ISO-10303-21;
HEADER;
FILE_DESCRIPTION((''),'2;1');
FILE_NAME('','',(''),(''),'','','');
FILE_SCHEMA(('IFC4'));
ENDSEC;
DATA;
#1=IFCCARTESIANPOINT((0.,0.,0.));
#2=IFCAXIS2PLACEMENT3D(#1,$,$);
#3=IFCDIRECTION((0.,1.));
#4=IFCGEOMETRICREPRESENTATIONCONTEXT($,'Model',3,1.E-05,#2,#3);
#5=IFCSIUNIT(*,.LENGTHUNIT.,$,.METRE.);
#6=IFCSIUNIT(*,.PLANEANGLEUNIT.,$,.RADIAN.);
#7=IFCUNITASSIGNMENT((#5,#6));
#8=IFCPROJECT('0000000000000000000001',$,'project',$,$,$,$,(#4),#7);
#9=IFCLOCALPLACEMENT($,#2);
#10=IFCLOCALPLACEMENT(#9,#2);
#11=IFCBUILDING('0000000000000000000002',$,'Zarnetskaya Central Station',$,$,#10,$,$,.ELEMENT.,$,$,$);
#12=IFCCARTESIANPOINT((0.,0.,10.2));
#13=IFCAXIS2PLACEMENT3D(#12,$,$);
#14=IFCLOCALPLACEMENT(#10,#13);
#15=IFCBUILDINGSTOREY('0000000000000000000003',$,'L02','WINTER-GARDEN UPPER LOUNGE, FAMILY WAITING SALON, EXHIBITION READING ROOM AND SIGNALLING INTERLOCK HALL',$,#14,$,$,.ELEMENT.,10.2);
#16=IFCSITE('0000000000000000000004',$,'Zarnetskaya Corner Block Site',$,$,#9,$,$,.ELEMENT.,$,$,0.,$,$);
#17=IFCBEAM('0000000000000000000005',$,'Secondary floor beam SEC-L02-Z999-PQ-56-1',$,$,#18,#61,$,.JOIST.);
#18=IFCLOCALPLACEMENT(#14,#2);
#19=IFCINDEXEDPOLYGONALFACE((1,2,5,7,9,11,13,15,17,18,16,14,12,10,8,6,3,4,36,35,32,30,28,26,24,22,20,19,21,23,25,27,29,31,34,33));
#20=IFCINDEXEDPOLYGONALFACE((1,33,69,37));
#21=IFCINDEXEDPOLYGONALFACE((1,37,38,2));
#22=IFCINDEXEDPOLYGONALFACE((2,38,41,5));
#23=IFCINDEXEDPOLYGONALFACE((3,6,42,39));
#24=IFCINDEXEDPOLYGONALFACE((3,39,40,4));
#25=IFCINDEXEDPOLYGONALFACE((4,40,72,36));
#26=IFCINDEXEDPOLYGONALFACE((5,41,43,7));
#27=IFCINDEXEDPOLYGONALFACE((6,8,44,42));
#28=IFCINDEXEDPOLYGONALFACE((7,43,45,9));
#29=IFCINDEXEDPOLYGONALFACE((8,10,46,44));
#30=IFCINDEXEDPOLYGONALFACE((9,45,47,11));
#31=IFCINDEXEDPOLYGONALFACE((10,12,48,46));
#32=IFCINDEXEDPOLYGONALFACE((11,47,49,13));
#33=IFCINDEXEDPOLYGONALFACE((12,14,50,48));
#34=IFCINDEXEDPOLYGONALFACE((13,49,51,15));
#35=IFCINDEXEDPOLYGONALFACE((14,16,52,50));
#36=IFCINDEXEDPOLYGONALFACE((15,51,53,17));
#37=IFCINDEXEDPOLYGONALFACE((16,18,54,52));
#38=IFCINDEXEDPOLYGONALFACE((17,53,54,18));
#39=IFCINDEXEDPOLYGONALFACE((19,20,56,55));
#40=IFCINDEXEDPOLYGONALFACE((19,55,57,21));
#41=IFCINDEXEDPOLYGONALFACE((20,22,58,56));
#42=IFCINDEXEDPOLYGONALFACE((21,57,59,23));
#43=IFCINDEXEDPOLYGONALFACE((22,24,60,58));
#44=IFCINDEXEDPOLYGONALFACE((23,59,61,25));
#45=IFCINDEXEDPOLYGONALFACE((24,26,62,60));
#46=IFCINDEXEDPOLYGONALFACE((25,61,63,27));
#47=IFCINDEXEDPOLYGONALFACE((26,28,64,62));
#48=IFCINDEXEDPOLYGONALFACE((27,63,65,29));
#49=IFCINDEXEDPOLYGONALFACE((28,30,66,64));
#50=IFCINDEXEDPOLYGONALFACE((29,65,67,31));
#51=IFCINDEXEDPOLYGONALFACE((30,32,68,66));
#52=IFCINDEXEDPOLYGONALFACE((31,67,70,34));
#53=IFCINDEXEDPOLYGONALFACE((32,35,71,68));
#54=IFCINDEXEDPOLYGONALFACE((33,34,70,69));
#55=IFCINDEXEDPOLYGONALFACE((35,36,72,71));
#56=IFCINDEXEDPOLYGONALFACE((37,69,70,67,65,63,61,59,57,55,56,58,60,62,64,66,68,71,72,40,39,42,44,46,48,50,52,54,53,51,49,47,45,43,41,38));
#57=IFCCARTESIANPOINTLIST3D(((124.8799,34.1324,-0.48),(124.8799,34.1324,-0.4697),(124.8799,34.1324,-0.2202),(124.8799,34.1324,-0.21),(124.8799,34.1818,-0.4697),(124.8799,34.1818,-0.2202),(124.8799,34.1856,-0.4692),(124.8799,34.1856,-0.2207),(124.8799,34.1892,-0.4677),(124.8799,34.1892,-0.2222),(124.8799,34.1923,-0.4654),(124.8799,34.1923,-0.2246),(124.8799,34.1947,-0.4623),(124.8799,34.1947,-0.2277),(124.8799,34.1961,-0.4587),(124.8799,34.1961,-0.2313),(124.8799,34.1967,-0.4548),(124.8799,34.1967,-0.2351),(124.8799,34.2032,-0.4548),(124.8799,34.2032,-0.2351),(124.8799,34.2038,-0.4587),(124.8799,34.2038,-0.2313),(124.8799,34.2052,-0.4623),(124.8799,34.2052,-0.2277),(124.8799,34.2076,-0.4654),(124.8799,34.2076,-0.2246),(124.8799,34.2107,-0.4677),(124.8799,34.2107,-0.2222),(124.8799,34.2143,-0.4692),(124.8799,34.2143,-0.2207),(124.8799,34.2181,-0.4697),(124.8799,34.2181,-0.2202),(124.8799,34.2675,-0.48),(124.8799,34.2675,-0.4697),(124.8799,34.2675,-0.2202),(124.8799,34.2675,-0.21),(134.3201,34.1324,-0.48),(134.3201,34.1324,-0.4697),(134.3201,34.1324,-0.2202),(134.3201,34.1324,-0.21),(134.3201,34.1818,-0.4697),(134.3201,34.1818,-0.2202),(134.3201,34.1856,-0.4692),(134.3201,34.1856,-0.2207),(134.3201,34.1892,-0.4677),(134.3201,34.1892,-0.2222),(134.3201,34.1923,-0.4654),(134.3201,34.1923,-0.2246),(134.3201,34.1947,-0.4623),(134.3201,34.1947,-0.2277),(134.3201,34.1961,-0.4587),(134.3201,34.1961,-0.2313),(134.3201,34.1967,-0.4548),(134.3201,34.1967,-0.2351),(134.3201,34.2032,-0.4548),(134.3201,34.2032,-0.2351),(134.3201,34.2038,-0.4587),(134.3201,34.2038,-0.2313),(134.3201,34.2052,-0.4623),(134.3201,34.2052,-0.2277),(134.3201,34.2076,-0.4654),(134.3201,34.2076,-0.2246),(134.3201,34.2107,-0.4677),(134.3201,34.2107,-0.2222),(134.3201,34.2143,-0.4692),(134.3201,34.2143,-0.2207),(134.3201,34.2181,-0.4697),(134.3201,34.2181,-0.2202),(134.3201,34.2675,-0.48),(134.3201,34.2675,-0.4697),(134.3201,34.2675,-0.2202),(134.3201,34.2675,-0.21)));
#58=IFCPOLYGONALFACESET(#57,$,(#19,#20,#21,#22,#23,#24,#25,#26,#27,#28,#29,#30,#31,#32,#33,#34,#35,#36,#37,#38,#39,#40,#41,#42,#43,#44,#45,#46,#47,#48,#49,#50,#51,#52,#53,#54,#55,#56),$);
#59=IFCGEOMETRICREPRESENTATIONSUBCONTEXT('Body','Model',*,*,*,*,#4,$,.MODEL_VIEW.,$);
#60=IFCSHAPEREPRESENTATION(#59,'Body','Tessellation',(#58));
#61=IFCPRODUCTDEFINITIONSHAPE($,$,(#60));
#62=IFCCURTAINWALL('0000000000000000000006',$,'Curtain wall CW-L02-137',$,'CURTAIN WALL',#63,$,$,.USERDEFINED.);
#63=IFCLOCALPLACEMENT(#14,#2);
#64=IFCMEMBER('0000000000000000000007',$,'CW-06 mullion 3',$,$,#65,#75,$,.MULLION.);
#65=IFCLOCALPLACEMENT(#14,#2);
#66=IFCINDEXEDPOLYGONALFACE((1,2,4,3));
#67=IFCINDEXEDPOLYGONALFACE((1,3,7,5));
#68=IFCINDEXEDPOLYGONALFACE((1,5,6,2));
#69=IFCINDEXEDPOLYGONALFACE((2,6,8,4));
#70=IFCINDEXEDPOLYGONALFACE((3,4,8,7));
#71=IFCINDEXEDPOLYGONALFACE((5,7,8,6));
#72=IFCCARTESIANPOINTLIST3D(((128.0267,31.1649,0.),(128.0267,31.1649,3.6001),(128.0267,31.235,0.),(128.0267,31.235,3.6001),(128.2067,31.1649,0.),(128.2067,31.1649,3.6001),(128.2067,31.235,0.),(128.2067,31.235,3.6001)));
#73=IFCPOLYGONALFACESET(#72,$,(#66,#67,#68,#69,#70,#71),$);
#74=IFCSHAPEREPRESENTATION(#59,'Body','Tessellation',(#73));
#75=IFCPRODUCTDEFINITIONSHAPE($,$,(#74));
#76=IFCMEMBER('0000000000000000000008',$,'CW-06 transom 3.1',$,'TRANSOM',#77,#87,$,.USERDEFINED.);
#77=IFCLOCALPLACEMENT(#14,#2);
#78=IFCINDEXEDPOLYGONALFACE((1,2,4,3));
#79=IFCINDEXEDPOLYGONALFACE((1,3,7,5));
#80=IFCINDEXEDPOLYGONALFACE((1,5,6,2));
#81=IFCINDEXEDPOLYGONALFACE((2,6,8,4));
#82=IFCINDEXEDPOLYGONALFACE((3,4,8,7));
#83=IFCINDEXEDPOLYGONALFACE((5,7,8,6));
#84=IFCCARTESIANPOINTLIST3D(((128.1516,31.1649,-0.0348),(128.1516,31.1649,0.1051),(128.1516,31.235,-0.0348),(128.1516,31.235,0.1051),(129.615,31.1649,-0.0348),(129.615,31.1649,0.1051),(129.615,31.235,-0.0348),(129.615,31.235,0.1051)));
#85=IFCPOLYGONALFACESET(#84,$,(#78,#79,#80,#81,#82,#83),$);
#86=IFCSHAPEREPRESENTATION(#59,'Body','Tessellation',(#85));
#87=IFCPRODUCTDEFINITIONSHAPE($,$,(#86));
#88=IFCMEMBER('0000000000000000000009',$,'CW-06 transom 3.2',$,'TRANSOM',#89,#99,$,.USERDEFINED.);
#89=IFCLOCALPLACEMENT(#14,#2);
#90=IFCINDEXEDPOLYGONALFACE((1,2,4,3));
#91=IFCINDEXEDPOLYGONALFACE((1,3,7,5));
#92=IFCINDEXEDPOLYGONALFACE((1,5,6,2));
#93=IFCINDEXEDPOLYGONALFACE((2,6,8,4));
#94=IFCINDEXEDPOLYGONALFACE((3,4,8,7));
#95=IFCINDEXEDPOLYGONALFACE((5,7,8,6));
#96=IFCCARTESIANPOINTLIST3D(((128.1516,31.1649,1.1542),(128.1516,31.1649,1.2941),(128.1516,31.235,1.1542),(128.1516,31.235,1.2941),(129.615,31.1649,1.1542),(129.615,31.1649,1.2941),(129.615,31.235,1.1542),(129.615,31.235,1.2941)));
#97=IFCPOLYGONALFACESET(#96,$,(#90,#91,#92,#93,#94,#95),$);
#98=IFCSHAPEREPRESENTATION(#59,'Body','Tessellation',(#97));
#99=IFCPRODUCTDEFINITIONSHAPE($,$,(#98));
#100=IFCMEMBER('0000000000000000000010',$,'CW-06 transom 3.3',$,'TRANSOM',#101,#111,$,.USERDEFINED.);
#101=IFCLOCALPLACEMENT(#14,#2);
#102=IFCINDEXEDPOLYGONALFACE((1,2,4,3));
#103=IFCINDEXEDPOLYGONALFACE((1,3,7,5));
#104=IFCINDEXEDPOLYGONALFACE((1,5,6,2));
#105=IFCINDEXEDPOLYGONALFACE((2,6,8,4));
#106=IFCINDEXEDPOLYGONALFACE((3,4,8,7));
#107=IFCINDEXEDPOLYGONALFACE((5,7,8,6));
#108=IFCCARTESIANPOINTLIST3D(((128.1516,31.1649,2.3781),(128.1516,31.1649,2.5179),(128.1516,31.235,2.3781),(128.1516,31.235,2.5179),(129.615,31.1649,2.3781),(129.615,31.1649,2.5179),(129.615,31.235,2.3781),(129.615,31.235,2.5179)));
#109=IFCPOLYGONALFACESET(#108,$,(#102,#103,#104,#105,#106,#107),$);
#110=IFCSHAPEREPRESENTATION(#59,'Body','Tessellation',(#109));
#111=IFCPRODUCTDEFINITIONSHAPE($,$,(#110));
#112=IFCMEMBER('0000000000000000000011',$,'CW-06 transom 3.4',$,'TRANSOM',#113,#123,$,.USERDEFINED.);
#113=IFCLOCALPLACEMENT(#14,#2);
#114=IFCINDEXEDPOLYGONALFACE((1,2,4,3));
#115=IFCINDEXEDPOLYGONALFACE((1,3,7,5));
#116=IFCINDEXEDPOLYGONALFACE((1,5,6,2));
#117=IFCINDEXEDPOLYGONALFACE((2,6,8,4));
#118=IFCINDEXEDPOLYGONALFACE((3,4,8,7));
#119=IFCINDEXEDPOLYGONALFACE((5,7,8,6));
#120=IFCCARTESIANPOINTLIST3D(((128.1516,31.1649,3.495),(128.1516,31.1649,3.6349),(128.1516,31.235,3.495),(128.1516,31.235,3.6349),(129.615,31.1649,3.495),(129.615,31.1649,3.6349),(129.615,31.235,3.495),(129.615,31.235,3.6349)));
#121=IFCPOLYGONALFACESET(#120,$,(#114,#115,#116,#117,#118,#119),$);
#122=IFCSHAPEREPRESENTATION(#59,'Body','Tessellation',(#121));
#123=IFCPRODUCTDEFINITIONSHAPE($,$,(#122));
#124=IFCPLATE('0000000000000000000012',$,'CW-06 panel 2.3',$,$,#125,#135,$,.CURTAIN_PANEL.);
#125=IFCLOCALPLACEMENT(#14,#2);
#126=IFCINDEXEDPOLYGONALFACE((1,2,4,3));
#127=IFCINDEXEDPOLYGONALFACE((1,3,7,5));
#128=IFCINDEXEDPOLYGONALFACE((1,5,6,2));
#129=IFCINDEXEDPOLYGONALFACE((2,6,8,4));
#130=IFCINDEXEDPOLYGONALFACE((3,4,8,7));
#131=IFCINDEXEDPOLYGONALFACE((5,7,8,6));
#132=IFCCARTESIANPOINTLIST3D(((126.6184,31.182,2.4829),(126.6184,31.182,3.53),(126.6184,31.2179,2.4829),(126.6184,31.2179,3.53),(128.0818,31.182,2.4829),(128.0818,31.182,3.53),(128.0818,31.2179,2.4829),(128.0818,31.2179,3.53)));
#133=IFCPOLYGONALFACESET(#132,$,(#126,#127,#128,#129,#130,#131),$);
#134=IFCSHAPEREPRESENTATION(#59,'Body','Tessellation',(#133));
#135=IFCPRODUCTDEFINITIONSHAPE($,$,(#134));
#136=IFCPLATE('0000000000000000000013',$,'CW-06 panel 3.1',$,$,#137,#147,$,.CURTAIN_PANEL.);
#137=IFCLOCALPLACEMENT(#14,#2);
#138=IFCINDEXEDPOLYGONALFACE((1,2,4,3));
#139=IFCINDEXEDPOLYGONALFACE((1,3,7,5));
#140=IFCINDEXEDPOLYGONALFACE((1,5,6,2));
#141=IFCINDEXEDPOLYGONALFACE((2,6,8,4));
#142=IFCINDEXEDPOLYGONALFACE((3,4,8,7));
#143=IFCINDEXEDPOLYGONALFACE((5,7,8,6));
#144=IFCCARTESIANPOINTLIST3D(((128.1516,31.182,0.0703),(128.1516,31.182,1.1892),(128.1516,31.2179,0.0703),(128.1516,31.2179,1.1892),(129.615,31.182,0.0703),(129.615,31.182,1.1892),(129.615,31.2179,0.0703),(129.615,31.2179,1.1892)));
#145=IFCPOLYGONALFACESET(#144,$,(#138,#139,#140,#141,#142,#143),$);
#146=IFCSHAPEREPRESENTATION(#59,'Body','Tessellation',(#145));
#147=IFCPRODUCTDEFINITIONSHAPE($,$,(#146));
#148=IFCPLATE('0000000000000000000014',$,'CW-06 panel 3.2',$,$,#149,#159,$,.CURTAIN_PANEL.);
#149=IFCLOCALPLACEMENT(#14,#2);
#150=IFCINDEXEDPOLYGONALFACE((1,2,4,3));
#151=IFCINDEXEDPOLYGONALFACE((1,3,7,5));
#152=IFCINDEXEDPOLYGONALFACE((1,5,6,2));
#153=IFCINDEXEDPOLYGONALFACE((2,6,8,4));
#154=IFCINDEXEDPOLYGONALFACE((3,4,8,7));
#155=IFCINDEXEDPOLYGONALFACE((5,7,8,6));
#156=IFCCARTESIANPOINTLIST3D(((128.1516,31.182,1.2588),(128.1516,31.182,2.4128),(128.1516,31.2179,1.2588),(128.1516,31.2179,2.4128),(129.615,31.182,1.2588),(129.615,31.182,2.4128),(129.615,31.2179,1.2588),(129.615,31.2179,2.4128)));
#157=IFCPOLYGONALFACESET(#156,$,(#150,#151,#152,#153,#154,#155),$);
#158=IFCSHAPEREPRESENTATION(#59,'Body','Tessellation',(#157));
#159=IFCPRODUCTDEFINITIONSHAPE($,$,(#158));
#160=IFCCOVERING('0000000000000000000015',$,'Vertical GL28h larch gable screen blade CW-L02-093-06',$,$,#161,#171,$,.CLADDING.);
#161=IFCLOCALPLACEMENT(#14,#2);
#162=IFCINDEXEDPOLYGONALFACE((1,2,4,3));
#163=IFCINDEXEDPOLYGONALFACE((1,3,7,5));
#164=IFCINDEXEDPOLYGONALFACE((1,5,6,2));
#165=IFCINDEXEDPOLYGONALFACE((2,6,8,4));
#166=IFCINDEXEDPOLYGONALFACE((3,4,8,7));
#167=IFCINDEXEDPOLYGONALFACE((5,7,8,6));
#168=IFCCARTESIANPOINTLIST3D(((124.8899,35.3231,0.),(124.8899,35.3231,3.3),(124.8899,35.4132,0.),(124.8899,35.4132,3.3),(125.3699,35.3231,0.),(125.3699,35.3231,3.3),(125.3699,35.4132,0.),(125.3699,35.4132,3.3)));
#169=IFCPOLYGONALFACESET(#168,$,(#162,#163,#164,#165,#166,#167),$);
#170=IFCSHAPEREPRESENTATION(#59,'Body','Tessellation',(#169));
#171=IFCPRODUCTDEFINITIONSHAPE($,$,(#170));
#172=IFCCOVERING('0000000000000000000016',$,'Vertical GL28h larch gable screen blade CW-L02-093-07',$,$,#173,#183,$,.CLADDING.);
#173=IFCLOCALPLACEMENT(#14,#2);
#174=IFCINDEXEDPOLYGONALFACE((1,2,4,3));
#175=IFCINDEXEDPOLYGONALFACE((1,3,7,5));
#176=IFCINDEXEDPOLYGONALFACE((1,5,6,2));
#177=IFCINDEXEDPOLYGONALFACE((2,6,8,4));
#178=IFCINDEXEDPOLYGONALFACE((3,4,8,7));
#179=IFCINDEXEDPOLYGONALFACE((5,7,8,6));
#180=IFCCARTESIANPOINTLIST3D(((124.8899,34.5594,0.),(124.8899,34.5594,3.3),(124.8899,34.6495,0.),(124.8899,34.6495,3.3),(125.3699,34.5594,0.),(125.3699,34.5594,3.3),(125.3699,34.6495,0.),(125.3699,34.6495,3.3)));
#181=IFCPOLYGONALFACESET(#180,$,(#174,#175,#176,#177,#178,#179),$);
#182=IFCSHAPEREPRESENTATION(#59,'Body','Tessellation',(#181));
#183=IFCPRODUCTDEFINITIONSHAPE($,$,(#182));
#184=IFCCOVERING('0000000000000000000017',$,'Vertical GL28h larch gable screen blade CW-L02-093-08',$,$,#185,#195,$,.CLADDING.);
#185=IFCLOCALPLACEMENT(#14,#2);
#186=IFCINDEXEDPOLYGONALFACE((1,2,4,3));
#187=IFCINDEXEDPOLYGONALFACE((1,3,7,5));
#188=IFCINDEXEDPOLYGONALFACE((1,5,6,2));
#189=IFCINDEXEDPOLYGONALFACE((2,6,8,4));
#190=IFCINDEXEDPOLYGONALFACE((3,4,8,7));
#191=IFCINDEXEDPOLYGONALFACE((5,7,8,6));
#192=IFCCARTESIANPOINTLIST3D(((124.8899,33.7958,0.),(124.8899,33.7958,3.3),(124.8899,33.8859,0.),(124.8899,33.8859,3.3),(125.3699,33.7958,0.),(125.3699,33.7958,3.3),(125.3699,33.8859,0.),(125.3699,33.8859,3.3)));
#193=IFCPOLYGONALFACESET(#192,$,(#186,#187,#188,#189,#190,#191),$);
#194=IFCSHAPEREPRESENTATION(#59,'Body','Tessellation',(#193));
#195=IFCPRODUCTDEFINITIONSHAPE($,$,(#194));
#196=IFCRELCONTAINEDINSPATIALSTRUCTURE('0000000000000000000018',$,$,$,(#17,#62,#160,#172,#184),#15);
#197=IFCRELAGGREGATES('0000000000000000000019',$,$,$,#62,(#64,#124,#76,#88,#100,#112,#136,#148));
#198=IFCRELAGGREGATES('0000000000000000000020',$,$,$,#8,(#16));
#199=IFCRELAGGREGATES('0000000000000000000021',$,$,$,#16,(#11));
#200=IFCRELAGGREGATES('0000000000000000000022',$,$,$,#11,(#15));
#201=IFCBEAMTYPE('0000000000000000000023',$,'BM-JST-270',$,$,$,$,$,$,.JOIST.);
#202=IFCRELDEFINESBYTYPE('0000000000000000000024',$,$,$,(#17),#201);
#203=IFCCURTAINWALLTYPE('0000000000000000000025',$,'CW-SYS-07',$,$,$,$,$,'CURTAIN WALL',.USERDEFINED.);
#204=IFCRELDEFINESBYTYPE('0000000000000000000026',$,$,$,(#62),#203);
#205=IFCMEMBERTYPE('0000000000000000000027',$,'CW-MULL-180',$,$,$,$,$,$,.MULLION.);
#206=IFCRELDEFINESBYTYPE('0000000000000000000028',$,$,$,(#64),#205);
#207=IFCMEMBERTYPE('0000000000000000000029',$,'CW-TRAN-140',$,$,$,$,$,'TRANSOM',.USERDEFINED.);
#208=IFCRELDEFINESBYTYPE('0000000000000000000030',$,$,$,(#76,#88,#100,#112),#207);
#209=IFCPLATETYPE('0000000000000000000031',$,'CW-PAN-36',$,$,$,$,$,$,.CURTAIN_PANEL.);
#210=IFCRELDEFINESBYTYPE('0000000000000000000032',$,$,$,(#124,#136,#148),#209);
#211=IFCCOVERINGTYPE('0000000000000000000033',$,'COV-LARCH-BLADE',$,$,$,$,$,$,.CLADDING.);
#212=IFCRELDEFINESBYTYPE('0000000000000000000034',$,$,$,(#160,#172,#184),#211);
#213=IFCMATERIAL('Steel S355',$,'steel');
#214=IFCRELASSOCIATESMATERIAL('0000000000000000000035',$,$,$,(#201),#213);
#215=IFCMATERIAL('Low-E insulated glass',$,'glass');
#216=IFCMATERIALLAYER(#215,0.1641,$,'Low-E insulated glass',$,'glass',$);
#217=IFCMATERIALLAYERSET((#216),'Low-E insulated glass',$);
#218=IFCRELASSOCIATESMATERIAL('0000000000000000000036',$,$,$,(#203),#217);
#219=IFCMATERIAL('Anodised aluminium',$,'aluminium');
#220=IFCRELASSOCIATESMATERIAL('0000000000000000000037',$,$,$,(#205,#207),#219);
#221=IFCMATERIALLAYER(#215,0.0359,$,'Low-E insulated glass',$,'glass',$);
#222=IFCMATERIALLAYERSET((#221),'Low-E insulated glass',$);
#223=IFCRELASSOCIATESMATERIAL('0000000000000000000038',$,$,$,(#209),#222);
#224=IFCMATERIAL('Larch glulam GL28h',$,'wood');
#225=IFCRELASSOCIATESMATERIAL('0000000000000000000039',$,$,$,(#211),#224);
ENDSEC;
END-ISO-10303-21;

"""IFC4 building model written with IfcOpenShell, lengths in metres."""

from ifc_helpers import new_model, si_unit, direction, frame, origin, origin_2d, place, context, subcontext, project, spatial, rectangle, i_section, extrude, material, layer, layer_set, material_profile, profile_set, type_object, element, aggregate, save


model = new_model("IFC4")

# Units and contexts
model_context = context("Model", 3, precision=1e-05, world=origin(), true_north=direction((0.0, 1.0)))
body_context = subcontext(model_context, "Body", "Model", "MODEL_VIEW")
ifc_project = project(units=[si_unit("LENGTHUNIT", "METRE"), si_unit("PLANEANGLEUNIT", "RADIAN")], contexts=[model_context])

# Site, building, storey
site_placement = place(None, origin())
site = spatial("IfcSite", under=ifc_project, at=site_placement, Name="Zarnetskaya Corner Block Site", CompositionType="ELEMENT", RefElevation=0.0)
building_placement = place(site_placement, origin())
building = spatial("IfcBuilding", under=site, at=building_placement, Name="Zarnetskaya Central Station", CompositionType="ELEMENT")
storey_placement = place(building_placement, frame((0.0, 0.0, 10.2)))
storey = spatial("IfcBuildingStorey", under=building, at=storey_placement, Name="L02", Description="WINTER-GARDEN UPPER LOUNGE, FAMILY WAITING SALON, EXHIBITION READING ROOM AND SIGNALLING INTERLOCK HALL", CompositionType="ELEMENT", Elevation=10.2)

# Beam
ifc_material_1 = material(Name="Steel S355", Category="steel")
ifc_material_profile_1 = material_profile(ifc_material_1, i_section(OverallWidth=0.135, OverallDepth=0.27, WebThickness=0.0066, FlangeThickness=0.0103, FilletRadius=0.0149, at=origin_2d()), Name="IPE 270")
ifc_profile_set_1 = profile_set([ifc_material_profile_1], Name="Steel S355")
beam_type = type_object("IfcBeamType", Name="BM-JST-270", PredefinedType="JOIST", material=ifc_profile_set_1)
beam_placement = place(storey_placement, frame((124.8799, 34.2, -0.345), z_axis=(1.0, 0.0, 0.0), x_axis=(0.0, 1.0, 0.0)))
element("IfcBeam", 1, at=beam_placement, inside=storey, type_object=beam_type, Name="Secondary floor beam SEC-L02-Z999-PQ-56-1", PredefinedType="JOIST", context=body_context, shape_type="SweptSolid", body=[
    extrude(i_section(OverallWidth=0.135, OverallDepth=0.27, WebThickness=0.0066, FlangeThickness=0.0103, FilletRadius=0.0149, at=origin_2d()), origin(), (0.0, 0.0, 1.0), 9.4402),
])

# Curtain wall, members, plates
ifc_material_2 = material(Name="Low-E insulated glass", Category="glass")
ifc_layer_1 = layer(ifc_material_2, 0.1641, Name="Low-E insulated glass", Category="glass")
ifc_layer_set_1 = layer_set([ifc_layer_1], Name="Low-E insulated glass")
curtain_wall_type = type_object("IfcCurtainWallType", Name="CW-SYS-07", ElementType="CURTAIN WALL", PredefinedType="USERDEFINED", material=ifc_layer_set_1)
curtain_wall_placement = place(storey_placement, origin())
curtain_wall = element("IfcCurtainWall", 2, at=curtain_wall_placement, inside=storey, type_object=curtain_wall_type, Name="Curtain wall CW-L02-137", ObjectType="CURTAIN WALL", PredefinedType="USERDEFINED")
ifc_material_3 = material(Name="Anodised aluminium", Category="aluminium")
ifc_material_profile_2 = material_profile(ifc_material_3, rectangle(XDim=0.0701, YDim=0.1799, at=origin_2d()), Name="ALU MULL 70x180")
ifc_profile_set_2 = profile_set([ifc_material_profile_2], Name="Anodised aluminium")
member_type_1 = type_object("IfcMemberType", Name="CW-MULL-180", PredefinedType="MULLION", material=ifc_profile_set_2)
member_1_placement = place(storey_placement, frame((128.1167, 31.2, 0.0), z_axis=(0.0, 0.0, 1.0), x_axis=(0.0, 1.0, 0.0)))
member_1 = element("IfcMember", 3, at=member_1_placement, type_object=member_type_1, Name="CW-06 mullion 3", PredefinedType="MULLION", context=body_context, shape_type="SweptSolid", body=[
    extrude(rectangle(XDim=0.0701, YDim=0.1799, at=origin_2d()), origin(), (0.0, 0.0, 1.0), 3.6001),
])
ifc_material_profile_3 = material_profile(ifc_material_3, rectangle(XDim=0.0701, YDim=0.1399, at=origin_2d()), Name="ALU TRAN 70x140")
ifc_profile_set_3 = profile_set([ifc_material_profile_3], Name="Anodised aluminium")
member_type_2 = type_object("IfcMemberType", Name="CW-TRAN-140", ElementType="TRANSOM", PredefinedType="USERDEFINED", material=ifc_profile_set_3)
member_2_placement = place(storey_placement, frame((128.1516, 31.2, 0.0352), z_axis=(1.0, 0.0, 0.0), x_axis=(0.0, 1.0, 0.0)))
member_2 = element("IfcMember", 4, at=member_2_placement, type_object=member_type_2, Name="CW-06 transom 3.1", ObjectType="TRANSOM", PredefinedType="USERDEFINED", context=body_context, shape_type="SweptSolid", body=[
    extrude(rectangle(XDim=0.0701, YDim=0.1399, at=origin_2d()), origin(), (0.0, 0.0, 1.0), 1.4634),
])
member_3_placement = place(storey_placement, frame((128.1516, 31.2, 1.2241), z_axis=(1.0, 0.0, 0.0), x_axis=(0.0, 1.0, 0.0)))
member_3 = element("IfcMember", 5, at=member_3_placement, type_object=member_type_2, Name="CW-06 transom 3.2", ObjectType="TRANSOM", PredefinedType="USERDEFINED", context=body_context, shape_type="SweptSolid", body=[
    extrude(rectangle(XDim=0.0701, YDim=0.1399, at=origin_2d()), origin(), (0.0, 0.0, 1.0), 1.4634),
])
member_4_placement = place(storey_placement, frame((128.1516, 31.2, 2.448), z_axis=(1.0, 0.0, 0.0), x_axis=(0.0, 1.0, 0.0)))
member_4 = element("IfcMember", 6, at=member_4_placement, type_object=member_type_2, Name="CW-06 transom 3.3", ObjectType="TRANSOM", PredefinedType="USERDEFINED", context=body_context, shape_type="SweptSolid", body=[
    extrude(rectangle(XDim=0.0701, YDim=0.1399, at=origin_2d()), origin(), (0.0, 0.0, 1.0), 1.4634),
])
member_5_placement = place(storey_placement, frame((128.1516, 31.2, 3.5649), z_axis=(1.0, 0.0, 0.0), x_axis=(0.0, 1.0, 0.0)))
member_5 = element("IfcMember", 7, at=member_5_placement, type_object=member_type_2, Name="CW-06 transom 3.4", ObjectType="TRANSOM", PredefinedType="USERDEFINED", context=body_context, shape_type="SweptSolid", body=[
    extrude(rectangle(XDim=0.0701, YDim=0.1399, at=origin_2d()), origin(), (0.0, 0.0, 1.0), 1.4634),
])
ifc_layer_2 = layer(ifc_material_2, 0.0359, Name="Low-E insulated glass", Category="glass")
ifc_layer_set_2 = layer_set([ifc_layer_2], Name="Low-E insulated glass")
plate_type = type_object("IfcPlateType", Name="CW-PAN-36", PredefinedType="CURTAIN_PANEL", material=ifc_layer_set_2)
plate_1_placement = place(storey_placement, frame((127.3501, 31.2, 2.4829), z_axis=(0.0, 0.0, 1.0), x_axis=(1.0, 0.0, 0.0)))
plate_1 = element("IfcPlate", 8, at=plate_1_placement, type_object=plate_type, Name="CW-06 panel 2.3", PredefinedType="CURTAIN_PANEL", context=body_context, shape_type="SweptSolid", body=[
    extrude(rectangle(XDim=1.4634, YDim=0.0359, at=origin_2d()), origin(), (0.0, 0.0, 1.0), 1.0471),
])
plate_2_placement = place(storey_placement, frame((128.8833, 31.2, 0.0703), z_axis=(0.0, 0.0, 1.0), x_axis=(1.0, 0.0, 0.0)))
plate_2 = element("IfcPlate", 9, at=plate_2_placement, type_object=plate_type, Name="CW-06 panel 3.1", PredefinedType="CURTAIN_PANEL", context=body_context, shape_type="SweptSolid", body=[
    extrude(rectangle(XDim=1.4634, YDim=0.0359, at=origin_2d()), origin(), (0.0, 0.0, 1.0), 1.1189),
])
plate_3_placement = place(storey_placement, frame((128.8833, 31.2, 1.2588), z_axis=(0.0, 0.0, 1.0), x_axis=(1.0, 0.0, 0.0)))
plate_3 = element("IfcPlate", 10, at=plate_3_placement, type_object=plate_type, Name="CW-06 panel 3.2", PredefinedType="CURTAIN_PANEL", context=body_context, shape_type="SweptSolid", body=[
    extrude(rectangle(XDim=1.4634, YDim=0.0359, at=origin_2d()), origin(), (0.0, 0.0, 1.0), 1.1541),
])
aggregate(curtain_wall, [member_1, plate_1, member_2, member_3, member_4, member_5, plate_2, plate_3])

# Coverings
ifc_material_4 = material(Name="Larch glulam GL28h", Category="wood")
covering_type = type_object("IfcCoveringType", Name="COV-LARCH-BLADE", PredefinedType="CLADDING", material=ifc_material_4)
for number, where, z_axis, x_axis, name in (
    (11, (125.1299, 35.3682, 0.0), (0.0, 0.0, 1.0), (0.0, -1.0, 0.0), "Vertical GL28h larch gable screen blade CW-L02-093-06"),
    (12, (125.1299, 34.6045, 0.0), (0.0, 0.0, 1.0), (0.0, -1.0, 0.0), "Vertical GL28h larch gable screen blade CW-L02-093-07"),
    (13, (125.1299, 33.8408, 0.0), (0.0, 0.0, 1.0), (0.0, -1.0, 0.0), "Vertical GL28h larch gable screen blade CW-L02-093-08"),
):
    element("IfcCovering", number, at=place(storey_placement, frame(where, z_axis=z_axis, x_axis=x_axis)), inside=storey, type_object=covering_type, Name=name, PredefinedType="CLADDING", context=body_context, shape_type="SweptSolid", body=[
        extrude(rectangle(XDim=0.0901, YDim=0.48, at=origin_2d()), origin(), (0.0, 0.0, 1.0), 3.3),
    ])

save(model, "model.ifc")
